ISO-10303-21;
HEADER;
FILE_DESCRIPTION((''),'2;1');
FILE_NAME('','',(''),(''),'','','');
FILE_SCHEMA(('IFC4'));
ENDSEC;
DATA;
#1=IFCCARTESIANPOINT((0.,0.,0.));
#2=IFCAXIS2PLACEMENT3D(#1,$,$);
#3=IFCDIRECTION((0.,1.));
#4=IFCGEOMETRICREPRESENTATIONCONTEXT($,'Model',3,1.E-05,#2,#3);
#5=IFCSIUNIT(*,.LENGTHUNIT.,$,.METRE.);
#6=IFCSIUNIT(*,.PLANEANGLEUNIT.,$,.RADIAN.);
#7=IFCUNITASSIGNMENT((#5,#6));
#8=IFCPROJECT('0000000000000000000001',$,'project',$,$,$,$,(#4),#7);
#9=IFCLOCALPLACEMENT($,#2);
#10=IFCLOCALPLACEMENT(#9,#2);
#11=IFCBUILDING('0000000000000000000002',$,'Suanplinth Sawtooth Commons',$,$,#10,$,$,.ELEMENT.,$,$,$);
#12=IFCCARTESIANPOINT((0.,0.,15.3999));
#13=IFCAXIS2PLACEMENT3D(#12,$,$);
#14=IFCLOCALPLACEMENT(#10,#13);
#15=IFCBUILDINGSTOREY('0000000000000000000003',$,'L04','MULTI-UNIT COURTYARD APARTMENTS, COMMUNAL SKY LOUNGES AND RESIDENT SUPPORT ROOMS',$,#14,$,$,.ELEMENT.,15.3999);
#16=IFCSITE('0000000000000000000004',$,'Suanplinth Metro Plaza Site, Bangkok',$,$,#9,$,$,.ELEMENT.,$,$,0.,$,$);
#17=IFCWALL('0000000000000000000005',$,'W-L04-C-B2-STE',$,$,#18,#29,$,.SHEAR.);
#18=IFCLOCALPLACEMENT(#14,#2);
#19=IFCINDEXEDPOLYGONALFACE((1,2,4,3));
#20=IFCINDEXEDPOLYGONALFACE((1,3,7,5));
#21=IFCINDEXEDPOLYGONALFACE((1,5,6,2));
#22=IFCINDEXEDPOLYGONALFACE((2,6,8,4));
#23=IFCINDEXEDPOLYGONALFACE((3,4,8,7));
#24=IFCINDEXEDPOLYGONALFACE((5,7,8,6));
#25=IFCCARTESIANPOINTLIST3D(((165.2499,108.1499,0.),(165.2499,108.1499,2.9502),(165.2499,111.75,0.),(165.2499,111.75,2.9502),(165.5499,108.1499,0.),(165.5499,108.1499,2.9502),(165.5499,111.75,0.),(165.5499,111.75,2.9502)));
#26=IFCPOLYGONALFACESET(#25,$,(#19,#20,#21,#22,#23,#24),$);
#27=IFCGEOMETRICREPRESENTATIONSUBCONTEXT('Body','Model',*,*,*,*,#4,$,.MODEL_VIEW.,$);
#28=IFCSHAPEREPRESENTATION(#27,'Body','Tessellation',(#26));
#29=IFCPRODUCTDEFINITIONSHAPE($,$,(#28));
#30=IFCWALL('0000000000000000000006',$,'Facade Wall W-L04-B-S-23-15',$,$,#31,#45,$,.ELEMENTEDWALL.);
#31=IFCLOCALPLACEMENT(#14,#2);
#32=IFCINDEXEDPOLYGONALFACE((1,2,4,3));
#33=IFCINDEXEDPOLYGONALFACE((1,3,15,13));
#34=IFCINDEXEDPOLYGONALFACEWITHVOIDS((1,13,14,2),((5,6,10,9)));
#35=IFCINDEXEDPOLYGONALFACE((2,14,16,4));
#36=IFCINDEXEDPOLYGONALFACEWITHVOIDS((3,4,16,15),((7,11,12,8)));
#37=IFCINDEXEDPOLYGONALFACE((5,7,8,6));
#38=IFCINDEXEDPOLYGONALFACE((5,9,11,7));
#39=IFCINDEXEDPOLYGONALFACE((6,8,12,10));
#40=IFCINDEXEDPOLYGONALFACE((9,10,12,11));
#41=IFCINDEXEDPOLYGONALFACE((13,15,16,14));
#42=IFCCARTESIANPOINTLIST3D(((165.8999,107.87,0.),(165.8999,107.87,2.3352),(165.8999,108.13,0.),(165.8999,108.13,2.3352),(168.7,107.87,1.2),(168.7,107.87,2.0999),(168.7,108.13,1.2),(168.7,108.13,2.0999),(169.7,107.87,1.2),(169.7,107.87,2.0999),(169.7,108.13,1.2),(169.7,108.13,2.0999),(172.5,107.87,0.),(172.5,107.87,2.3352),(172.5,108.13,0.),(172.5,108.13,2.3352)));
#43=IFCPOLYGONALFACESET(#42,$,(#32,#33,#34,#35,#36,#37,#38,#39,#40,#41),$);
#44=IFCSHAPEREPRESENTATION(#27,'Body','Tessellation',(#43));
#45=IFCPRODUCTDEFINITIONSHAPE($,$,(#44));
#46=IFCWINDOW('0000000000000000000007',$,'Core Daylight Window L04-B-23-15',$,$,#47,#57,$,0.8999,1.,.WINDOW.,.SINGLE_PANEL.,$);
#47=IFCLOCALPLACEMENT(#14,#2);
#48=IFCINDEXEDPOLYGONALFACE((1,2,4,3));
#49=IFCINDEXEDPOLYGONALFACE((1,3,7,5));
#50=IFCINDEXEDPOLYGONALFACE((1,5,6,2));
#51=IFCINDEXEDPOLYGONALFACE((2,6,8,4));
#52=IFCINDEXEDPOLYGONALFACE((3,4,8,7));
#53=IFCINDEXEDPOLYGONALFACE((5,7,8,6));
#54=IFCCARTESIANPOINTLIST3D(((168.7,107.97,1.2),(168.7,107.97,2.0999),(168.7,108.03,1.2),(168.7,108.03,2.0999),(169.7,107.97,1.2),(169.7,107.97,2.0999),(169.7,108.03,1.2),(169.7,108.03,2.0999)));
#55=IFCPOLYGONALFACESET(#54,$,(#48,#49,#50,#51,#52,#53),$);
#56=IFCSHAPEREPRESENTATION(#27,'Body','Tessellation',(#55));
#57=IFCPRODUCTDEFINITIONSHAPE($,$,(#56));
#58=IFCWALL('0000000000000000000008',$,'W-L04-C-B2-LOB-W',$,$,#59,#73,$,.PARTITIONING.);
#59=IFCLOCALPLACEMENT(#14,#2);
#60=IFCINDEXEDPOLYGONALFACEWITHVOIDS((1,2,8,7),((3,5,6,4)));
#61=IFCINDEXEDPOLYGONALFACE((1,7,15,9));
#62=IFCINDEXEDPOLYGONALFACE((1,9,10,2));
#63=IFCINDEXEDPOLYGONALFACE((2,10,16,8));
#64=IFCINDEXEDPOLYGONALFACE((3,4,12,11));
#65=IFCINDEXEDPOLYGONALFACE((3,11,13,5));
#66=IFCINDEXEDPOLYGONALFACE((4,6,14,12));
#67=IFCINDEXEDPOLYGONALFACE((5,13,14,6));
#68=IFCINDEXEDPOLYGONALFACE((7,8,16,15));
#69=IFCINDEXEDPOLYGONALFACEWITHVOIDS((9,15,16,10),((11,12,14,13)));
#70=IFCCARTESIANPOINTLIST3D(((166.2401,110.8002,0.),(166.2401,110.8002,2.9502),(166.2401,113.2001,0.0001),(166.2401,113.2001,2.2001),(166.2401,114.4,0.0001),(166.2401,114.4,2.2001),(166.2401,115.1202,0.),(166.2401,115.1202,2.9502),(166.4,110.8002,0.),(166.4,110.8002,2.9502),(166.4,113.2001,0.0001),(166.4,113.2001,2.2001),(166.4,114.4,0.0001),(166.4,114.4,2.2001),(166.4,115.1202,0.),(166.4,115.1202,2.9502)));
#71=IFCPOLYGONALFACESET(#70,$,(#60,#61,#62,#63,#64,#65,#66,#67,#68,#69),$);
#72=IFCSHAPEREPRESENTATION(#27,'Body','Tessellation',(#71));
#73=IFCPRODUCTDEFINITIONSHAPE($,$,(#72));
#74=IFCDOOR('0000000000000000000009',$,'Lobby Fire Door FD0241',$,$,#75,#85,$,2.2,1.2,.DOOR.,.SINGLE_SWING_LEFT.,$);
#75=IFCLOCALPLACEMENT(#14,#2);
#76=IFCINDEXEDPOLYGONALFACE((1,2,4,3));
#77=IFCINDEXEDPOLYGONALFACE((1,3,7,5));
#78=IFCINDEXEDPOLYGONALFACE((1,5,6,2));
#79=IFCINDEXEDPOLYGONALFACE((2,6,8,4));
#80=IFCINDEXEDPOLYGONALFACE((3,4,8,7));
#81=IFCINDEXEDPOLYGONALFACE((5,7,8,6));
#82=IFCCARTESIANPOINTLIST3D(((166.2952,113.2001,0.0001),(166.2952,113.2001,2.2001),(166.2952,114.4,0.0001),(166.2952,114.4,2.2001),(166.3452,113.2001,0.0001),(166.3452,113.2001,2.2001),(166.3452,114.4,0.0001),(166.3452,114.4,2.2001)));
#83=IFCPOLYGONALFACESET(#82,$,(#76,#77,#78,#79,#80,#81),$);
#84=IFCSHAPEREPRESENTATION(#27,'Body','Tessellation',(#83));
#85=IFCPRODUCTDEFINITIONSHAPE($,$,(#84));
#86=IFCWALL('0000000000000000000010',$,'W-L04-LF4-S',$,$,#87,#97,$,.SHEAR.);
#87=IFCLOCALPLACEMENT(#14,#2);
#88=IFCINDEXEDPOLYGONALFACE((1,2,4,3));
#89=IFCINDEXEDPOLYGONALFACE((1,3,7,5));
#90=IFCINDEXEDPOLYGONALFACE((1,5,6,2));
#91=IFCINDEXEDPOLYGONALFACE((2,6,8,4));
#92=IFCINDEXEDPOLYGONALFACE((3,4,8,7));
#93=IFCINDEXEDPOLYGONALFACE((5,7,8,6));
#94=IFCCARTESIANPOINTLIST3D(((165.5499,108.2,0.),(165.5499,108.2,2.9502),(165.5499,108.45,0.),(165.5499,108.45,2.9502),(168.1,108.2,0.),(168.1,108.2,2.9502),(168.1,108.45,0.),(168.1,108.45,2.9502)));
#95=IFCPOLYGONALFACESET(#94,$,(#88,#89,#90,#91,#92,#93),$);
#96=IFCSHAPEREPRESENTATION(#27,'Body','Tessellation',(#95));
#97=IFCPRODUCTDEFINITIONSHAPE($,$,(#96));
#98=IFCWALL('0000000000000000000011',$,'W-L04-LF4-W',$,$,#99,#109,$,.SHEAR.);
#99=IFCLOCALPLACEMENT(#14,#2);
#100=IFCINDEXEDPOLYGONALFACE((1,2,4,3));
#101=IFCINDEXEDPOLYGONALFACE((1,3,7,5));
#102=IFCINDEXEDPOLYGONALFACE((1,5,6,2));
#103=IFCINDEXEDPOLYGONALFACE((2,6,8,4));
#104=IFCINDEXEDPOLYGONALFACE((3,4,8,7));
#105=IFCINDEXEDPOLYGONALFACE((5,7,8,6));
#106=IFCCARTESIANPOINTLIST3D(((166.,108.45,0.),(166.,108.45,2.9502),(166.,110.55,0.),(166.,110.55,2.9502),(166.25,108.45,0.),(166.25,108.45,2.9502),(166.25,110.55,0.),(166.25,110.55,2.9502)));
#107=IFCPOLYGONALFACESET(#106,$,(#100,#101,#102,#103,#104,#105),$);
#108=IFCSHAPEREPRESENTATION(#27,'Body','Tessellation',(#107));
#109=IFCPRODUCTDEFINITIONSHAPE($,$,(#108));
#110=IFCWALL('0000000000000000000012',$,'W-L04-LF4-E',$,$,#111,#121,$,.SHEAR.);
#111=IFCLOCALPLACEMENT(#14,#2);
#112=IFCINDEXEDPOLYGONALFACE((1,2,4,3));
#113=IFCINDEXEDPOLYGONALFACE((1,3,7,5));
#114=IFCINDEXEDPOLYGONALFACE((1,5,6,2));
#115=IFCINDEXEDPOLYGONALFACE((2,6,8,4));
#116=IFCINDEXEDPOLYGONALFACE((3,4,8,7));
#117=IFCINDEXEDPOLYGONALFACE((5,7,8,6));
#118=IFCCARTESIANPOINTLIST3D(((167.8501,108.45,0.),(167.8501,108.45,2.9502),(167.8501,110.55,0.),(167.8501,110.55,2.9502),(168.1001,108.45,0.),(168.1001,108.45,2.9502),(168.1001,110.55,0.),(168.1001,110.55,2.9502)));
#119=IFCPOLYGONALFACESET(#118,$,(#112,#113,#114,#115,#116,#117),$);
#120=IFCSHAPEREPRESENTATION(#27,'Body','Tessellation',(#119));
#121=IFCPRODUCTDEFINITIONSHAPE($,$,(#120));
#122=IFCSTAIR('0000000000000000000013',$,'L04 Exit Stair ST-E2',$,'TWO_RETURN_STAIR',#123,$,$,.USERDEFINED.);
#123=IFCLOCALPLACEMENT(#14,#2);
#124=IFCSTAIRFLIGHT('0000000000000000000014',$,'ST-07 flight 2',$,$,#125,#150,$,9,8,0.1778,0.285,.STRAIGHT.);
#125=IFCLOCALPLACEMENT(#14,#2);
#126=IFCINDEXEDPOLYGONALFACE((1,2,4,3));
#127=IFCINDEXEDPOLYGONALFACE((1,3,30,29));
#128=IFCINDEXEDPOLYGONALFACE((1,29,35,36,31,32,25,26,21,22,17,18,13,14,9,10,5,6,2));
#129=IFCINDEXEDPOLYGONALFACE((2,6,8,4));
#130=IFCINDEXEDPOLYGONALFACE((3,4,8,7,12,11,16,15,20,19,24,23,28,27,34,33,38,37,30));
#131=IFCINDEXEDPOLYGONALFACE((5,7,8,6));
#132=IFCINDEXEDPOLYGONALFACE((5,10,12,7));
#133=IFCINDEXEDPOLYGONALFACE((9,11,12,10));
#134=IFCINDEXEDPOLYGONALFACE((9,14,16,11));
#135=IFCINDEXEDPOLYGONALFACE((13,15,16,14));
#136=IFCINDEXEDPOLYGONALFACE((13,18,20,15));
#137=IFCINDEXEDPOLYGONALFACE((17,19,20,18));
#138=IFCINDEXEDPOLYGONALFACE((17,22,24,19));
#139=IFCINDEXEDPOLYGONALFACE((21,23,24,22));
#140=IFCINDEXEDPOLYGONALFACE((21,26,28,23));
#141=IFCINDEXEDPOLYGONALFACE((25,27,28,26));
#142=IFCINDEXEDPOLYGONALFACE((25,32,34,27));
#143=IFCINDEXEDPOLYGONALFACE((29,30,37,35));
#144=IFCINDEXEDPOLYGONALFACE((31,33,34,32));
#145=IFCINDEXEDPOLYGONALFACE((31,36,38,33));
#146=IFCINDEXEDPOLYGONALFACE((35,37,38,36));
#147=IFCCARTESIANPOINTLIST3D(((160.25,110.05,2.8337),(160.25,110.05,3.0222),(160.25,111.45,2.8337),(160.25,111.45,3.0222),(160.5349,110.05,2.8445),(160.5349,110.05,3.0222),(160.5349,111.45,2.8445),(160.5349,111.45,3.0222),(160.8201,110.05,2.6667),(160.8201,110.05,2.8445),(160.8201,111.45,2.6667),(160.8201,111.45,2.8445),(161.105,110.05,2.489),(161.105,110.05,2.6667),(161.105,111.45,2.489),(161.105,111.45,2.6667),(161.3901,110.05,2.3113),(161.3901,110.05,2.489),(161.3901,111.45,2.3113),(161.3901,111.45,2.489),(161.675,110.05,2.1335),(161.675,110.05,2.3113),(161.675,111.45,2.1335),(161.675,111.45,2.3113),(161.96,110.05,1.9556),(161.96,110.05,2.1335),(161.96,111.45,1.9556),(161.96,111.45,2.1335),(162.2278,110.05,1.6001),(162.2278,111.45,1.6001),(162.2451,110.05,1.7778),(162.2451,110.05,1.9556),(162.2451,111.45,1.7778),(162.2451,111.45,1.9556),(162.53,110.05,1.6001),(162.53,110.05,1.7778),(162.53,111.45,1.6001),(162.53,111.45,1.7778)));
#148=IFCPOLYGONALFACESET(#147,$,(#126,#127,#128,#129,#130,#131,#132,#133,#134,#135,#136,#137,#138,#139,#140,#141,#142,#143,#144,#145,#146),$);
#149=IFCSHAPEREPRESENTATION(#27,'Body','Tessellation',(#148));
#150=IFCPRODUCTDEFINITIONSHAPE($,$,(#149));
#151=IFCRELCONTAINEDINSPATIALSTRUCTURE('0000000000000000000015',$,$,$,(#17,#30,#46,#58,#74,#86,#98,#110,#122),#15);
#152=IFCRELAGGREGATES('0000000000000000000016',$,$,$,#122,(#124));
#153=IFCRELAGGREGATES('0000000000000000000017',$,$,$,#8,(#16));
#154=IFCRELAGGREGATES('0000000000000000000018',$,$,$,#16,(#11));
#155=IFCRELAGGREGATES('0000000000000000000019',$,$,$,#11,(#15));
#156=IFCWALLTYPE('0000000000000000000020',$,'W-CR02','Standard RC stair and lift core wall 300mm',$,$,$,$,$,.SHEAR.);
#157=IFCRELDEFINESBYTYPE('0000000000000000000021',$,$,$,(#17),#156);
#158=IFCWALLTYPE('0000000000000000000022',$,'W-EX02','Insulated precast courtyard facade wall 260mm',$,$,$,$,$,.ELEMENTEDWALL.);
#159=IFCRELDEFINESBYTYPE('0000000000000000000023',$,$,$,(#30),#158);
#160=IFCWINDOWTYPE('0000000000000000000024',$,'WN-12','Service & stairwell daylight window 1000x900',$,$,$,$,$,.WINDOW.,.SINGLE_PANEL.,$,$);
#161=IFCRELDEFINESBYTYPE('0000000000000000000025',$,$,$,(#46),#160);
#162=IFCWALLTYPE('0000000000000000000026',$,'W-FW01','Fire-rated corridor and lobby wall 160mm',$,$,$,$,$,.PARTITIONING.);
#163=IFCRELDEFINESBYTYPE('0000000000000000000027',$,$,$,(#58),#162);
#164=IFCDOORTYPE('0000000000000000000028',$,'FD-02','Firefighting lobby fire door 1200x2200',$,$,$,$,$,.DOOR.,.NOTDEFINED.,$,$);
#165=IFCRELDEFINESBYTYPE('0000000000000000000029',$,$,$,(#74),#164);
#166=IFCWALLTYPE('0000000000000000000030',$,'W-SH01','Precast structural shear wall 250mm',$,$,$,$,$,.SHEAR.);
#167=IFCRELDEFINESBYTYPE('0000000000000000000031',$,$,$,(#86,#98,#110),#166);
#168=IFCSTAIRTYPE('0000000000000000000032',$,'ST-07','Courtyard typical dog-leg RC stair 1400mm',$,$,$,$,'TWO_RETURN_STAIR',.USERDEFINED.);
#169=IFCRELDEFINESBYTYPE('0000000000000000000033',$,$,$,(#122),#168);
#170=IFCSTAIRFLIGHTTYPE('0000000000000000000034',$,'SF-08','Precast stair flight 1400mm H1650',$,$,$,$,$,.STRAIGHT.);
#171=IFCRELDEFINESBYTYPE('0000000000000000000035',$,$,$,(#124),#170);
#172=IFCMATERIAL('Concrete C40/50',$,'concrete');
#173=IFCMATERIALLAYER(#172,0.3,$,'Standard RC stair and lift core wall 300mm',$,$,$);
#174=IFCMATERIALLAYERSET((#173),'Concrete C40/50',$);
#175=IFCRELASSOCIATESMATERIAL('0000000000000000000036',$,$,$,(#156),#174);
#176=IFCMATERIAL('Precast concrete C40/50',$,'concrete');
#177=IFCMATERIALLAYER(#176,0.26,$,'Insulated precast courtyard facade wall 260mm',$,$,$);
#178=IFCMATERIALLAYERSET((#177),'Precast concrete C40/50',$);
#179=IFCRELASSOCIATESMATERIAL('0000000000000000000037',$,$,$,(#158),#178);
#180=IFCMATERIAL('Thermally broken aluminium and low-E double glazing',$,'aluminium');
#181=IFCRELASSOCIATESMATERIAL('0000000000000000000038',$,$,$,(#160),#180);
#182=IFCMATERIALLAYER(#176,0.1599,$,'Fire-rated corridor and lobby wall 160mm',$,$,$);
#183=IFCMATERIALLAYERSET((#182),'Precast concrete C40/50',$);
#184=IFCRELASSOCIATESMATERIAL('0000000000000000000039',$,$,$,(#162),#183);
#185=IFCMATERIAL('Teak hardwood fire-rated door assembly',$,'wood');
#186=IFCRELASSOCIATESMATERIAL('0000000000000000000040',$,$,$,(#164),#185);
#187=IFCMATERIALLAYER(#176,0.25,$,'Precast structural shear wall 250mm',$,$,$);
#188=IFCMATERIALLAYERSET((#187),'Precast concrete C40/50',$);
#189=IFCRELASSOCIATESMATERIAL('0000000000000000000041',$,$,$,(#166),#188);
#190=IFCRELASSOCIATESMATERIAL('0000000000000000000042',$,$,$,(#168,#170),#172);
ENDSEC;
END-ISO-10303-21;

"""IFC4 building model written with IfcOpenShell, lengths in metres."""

from ifc_helpers import new_model, si_unit, direction, frame, frame_2d, origin, place, context, subcontext, project, spatial, polyline, rectangle, outline, extrude, material, layer, layer_set, type_object, element, fill, aggregate, save


model = new_model("IFC4")

# Units and contexts
model_context = context("Model", 3, precision=1e-05, world=origin(), true_north=direction((0.0, 1.0)))
body_context = subcontext(model_context, "Body", "Model", "MODEL_VIEW")
ifc_project = project(units=[si_unit("LENGTHUNIT", "METRE"), si_unit("PLANEANGLEUNIT", "RADIAN")], contexts=[model_context])

# Site, building, storey
site_placement = place(None, origin())
site = spatial("IfcSite", under=ifc_project, at=site_placement, Name="Suanplinth Metro Plaza Site, Bangkok", CompositionType="ELEMENT", RefElevation=0.0)
building_placement = place(site_placement, origin())
building = spatial("IfcBuilding", under=site, at=building_placement, Name="Suanplinth Sawtooth Commons", CompositionType="ELEMENT")
storey_placement = place(building_placement, frame((0.0, 0.0, 15.3999)))
storey = spatial("IfcBuildingStorey", under=building, at=storey_placement, Name="L04", Description="MULTI-UNIT COURTYARD APARTMENTS, COMMUNAL SKY LOUNGES AND RESIDENT SUPPORT ROOMS", CompositionType="ELEMENT", Elevation=15.3999)

# Shared definitions
ifc_material_1 = material(Name="Precast concrete C40/50", Category="concrete")

# Wall
ifc_material_2 = material(Name="Concrete C40/50", Category="concrete")
ifc_layer_1 = layer(ifc_material_2, 0.3, Name="Standard RC stair and lift core wall 300mm")
ifc_layer_set_1 = layer_set([ifc_layer_1], Name="Concrete C40/50")
wall_type_1 = type_object("IfcWallType", Name="W-CR02", Description="Standard RC stair and lift core wall 300mm", PredefinedType="SHEAR", material=ifc_layer_set_1)
wall_1_placement = place(storey_placement, frame((165.3999, 108.1499, 0.0), z_axis=(0.0, 0.0, 1.0), x_axis=(0.0, 1.0, 0.0)))
element("IfcWall", 1, at=wall_1_placement, inside=storey, type_object=wall_type_1, Name="W-L04-C-B2-STE", PredefinedType="SHEAR", context=body_context, shape_type="SweptSolid", body=[
    extrude(rectangle(XDim=3.6001, YDim=0.3, at=frame_2d((1.8, 0.0))), origin(), (0.0, 0.0, 1.0), 2.9502),
])

# Wall, opening, window
ifc_layer_2 = layer(ifc_material_1, 0.26, Name="Insulated precast courtyard facade wall 260mm")
ifc_layer_set_2 = layer_set([ifc_layer_2], Name="Precast concrete C40/50")
wall_type_2 = type_object("IfcWallType", Name="W-EX02", Description="Insulated precast courtyard facade wall 260mm", PredefinedType="ELEMENTEDWALL", material=ifc_layer_set_2)
wall_2_placement = place(storey_placement, frame((165.8999, 108.0, 0.0), z_axis=(0.0, 0.0, 1.0), x_axis=(1.0, 0.0, 0.0)))
wall_2 = element("IfcWall", 2, at=wall_2_placement, inside=storey, type_object=wall_type_2, Name="Facade Wall W-L04-B-S-23-15", PredefinedType="ELEMENTEDWALL", context=body_context, shape_type="SweptSolid", body=[
    extrude(rectangle(XDim=6.6001, YDim=0.26, at=frame_2d((3.3, 0.0))), origin(), (0.0, 0.0, 1.0), 2.3352),
])
opening_1_placement = place(wall_2_placement, frame((2.8, 0.0, 1.2)))
opening_1 = element("IfcOpeningElement", 3, at=opening_1_placement, cuts=wall_2, PredefinedType="OPENING", context=body_context, shape_type="SweptSolid", body=[
    extrude(rectangle(XDim=1.0, YDim=0.8999, at=frame_2d((0.5, 0.45))), frame((0.0, 0.145, 0.0), z_axis=(0.0, -1.0, 0.0), x_axis=(1.0, 0.0, 0.0)), (0.0, 0.0, 1.0), 0.2898),
])
ifc_material_3 = material(Name="Thermally broken aluminium and low-E double glazing", Category="aluminium")
window_type = type_object("IfcWindowType", Name="WN-12", Description="Service & stairwell daylight window 1000x900", PartitioningType="SINGLE_PANEL", PredefinedType="WINDOW", material=ifc_material_3)
window_placement = place(opening_1_placement, origin())
window = element("IfcWindow", 4, at=window_placement, inside=storey, type_object=window_type, Name="Core Daylight Window L04-B-23-15", OverallHeight=0.8999, OverallWidth=1.0, PartitioningType="SINGLE_PANEL", PredefinedType="WINDOW", context=body_context, shape_type="SweptSolid", body=[
    extrude(rectangle(XDim=1.0, YDim=0.8999, at=frame_2d((0.5, 0.45))), frame((0.0, 0.03, 0.0), z_axis=(0.0, -1.0, 0.0), x_axis=(1.0, 0.0, 0.0)), (0.0, 0.0, 1.0), 0.0601),
])
fill(opening_1, window)

# Wall, opening, door
ifc_layer_3 = layer(ifc_material_1, 0.1599, Name="Fire-rated corridor and lobby wall 160mm")
ifc_layer_set_3 = layer_set([ifc_layer_3], Name="Precast concrete C40/50")
wall_type_3 = type_object("IfcWallType", Name="W-FW01", Description="Fire-rated corridor and lobby wall 160mm", PredefinedType="PARTITIONING", material=ifc_layer_set_3)
wall_3_placement = place(storey_placement, frame((166.3201, 110.8, 0.0), z_axis=(0.0, 0.0, 1.0), x_axis=(0.0, 1.0, 0.0)))
wall_3 = element("IfcWall", 5, at=wall_3_placement, inside=storey, type_object=wall_type_3, Name="W-L04-C-B2-LOB-W", PredefinedType="PARTITIONING", context=body_context, shape_type="SweptSolid", body=[
    extrude(rectangle(XDim=4.3201, YDim=0.1599, at=frame_2d((2.1602, 0.0))), origin(), (0.0, 0.0, 1.0), 2.9502),
])
opening_2_placement = place(wall_3_placement, frame((2.3999, 0.0, 0.0)))
opening_2 = element("IfcOpeningElement", 6, at=opening_2_placement, cuts=wall_3, PredefinedType="OPENING", context=body_context, shape_type="SweptSolid", body=[
    extrude(rectangle(XDim=1.2, YDim=2.2, at=frame_2d((0.6001, 1.1001))), frame((0.0, 0.0947, 0.0), z_axis=(0.0, -1.0, 0.0), x_axis=(1.0, 0.0, 0.0)), (0.0, 0.0, 1.0), 0.1897),
])
ifc_material_4 = material(Name="Teak hardwood fire-rated door assembly", Category="wood")
door_type_1 = type_object("IfcDoorType", Name="FD-02", Description="Firefighting lobby fire door 1200x2200", OperationType="NOTDEFINED", PredefinedType="DOOR", material=ifc_material_4)
door_1_placement = place(opening_2_placement, origin())
door_1 = element("IfcDoor", 7, at=door_1_placement, inside=storey, type_object=door_type_1, Name="Lobby Fire Door FD0241", OperationType="SINGLE_SWING_LEFT", OverallHeight=2.2, OverallWidth=1.2, PredefinedType="DOOR", context=body_context, shape_type="SweptSolid", body=[
    extrude(rectangle(XDim=1.2, YDim=2.2, at=frame_2d((0.6001, 1.1001))), frame((0.0, 0.0249, 0.0), z_axis=(0.0, -1.0, 0.0), x_axis=(1.0, 0.0, 0.0)), (0.0, 0.0, 1.0), 0.05),
])
fill(opening_2, door_1)

# Wall
ifc_layer_4 = layer(ifc_material_1, 0.25, Name="Precast structural shear wall 250mm")
ifc_layer_set_4 = layer_set([ifc_layer_4], Name="Precast concrete C40/50")
wall_type_4 = type_object("IfcWallType", Name="W-SH01", Description="Precast structural shear wall 250mm", PredefinedType="SHEAR", material=ifc_layer_set_4)
wall_4_placement = place(storey_placement, frame((165.55, 108.325, 0.0), z_axis=(0.0, 0.0, 1.0), x_axis=(1.0, 0.0, 0.0)))
element("IfcWall", 8, at=wall_4_placement, inside=storey, type_object=wall_type_4, Name="W-L04-LF4-S", PredefinedType="SHEAR", context=body_context, shape_type="SweptSolid", body=[
    extrude(rectangle(XDim=2.55, YDim=0.25, at=frame_2d((1.2749, 0.0))), origin(), (0.0, 0.0, 1.0), 2.9502),
])

# Walls
for number, where, z_axis, x_axis, name in (
    (9, (166.125, 108.45, 0.0), (0.0, 0.0, 1.0), (0.0, 1.0, 0.0), "W-L04-LF4-W"),
    (10, (167.9751, 108.45, 0.0), (0.0, 0.0, 1.0), (0.0, 1.0, 0.0), "W-L04-LF4-E"),
):
    element("IfcWall", number, at=place(storey_placement, frame(where, z_axis=z_axis, x_axis=x_axis)), inside=storey, type_object=wall_type_4, Name=name, PredefinedType="SHEAR", context=body_context, shape_type="SweptSolid", body=[
        extrude(rectangle(XDim=2.1001, YDim=0.25, at=frame_2d((1.05, 0.0))), origin(), (0.0, 0.0, 1.0), 2.9502),
    ])

# Stair, stair flight
stair_type = type_object("IfcStairType", Name="ST-07", Description="Courtyard typical dog-leg RC stair 1400mm", ElementType="TWO_RETURN_STAIR", PredefinedType="USERDEFINED", material=ifc_material_2)
stair_placement = place(storey_placement, origin())
stair = element("IfcStair", 11, at=stair_placement, inside=storey, type_object=stair_type, Name="L04 Exit Stair ST-E2", ObjectType="TWO_RETURN_STAIR", PredefinedType="USERDEFINED")
stair_flight_type = type_object("IfcStairFlightType", Name="SF-08", Description="Precast stair flight 1400mm H1650", PredefinedType="STRAIGHT", material=ifc_material_2)
stair_flight_placement = place(storey_placement, frame((162.53, 110.75, 1.6001), z_axis=(0.0, 0.0, 1.0), x_axis=(-1.0, 0.0, 0.0)))
stair_flight = element("IfcStairFlight", 12, at=stair_flight_placement, type_object=stair_flight_type, Name="ST-07 flight 2", NumberOfRisers=9, NumberOfTreads=8, PredefinedType="STRAIGHT", RiserHeight=0.1778, TreadLength=0.285, context=body_context, shape_type="SweptSolid", body=[
    extrude(outline(polyline([(0.0, 0.0), (0.0, 0.1777), (0.2849, 0.1777), (0.2849, 0.3555), (0.5701, 0.3555), (0.5701, 0.5334), (0.855, 0.5334), (0.855, 0.7112), (1.1399, 0.7112), (1.1399, 0.8889), (1.425, 0.8889), (1.425, 1.0667), (1.71, 1.0667), (1.71, 1.2444), (1.9951, 1.2444), (1.9951, 1.4221), (2.28, 1.4221), (2.28, 1.6001), (2.28, 1.2336), (0.3022, 0.0), (0.0, 0.0)])), frame((0.0, 0.7, 0.0), z_axis=(0.0, -1.0, 0.0), x_axis=(1.0, 0.0, 0.0)), (0.0, 0.0, 1.0), 1.3999),
])
aggregate(stair, [stair_flight])

save(model, "model.ifc")
